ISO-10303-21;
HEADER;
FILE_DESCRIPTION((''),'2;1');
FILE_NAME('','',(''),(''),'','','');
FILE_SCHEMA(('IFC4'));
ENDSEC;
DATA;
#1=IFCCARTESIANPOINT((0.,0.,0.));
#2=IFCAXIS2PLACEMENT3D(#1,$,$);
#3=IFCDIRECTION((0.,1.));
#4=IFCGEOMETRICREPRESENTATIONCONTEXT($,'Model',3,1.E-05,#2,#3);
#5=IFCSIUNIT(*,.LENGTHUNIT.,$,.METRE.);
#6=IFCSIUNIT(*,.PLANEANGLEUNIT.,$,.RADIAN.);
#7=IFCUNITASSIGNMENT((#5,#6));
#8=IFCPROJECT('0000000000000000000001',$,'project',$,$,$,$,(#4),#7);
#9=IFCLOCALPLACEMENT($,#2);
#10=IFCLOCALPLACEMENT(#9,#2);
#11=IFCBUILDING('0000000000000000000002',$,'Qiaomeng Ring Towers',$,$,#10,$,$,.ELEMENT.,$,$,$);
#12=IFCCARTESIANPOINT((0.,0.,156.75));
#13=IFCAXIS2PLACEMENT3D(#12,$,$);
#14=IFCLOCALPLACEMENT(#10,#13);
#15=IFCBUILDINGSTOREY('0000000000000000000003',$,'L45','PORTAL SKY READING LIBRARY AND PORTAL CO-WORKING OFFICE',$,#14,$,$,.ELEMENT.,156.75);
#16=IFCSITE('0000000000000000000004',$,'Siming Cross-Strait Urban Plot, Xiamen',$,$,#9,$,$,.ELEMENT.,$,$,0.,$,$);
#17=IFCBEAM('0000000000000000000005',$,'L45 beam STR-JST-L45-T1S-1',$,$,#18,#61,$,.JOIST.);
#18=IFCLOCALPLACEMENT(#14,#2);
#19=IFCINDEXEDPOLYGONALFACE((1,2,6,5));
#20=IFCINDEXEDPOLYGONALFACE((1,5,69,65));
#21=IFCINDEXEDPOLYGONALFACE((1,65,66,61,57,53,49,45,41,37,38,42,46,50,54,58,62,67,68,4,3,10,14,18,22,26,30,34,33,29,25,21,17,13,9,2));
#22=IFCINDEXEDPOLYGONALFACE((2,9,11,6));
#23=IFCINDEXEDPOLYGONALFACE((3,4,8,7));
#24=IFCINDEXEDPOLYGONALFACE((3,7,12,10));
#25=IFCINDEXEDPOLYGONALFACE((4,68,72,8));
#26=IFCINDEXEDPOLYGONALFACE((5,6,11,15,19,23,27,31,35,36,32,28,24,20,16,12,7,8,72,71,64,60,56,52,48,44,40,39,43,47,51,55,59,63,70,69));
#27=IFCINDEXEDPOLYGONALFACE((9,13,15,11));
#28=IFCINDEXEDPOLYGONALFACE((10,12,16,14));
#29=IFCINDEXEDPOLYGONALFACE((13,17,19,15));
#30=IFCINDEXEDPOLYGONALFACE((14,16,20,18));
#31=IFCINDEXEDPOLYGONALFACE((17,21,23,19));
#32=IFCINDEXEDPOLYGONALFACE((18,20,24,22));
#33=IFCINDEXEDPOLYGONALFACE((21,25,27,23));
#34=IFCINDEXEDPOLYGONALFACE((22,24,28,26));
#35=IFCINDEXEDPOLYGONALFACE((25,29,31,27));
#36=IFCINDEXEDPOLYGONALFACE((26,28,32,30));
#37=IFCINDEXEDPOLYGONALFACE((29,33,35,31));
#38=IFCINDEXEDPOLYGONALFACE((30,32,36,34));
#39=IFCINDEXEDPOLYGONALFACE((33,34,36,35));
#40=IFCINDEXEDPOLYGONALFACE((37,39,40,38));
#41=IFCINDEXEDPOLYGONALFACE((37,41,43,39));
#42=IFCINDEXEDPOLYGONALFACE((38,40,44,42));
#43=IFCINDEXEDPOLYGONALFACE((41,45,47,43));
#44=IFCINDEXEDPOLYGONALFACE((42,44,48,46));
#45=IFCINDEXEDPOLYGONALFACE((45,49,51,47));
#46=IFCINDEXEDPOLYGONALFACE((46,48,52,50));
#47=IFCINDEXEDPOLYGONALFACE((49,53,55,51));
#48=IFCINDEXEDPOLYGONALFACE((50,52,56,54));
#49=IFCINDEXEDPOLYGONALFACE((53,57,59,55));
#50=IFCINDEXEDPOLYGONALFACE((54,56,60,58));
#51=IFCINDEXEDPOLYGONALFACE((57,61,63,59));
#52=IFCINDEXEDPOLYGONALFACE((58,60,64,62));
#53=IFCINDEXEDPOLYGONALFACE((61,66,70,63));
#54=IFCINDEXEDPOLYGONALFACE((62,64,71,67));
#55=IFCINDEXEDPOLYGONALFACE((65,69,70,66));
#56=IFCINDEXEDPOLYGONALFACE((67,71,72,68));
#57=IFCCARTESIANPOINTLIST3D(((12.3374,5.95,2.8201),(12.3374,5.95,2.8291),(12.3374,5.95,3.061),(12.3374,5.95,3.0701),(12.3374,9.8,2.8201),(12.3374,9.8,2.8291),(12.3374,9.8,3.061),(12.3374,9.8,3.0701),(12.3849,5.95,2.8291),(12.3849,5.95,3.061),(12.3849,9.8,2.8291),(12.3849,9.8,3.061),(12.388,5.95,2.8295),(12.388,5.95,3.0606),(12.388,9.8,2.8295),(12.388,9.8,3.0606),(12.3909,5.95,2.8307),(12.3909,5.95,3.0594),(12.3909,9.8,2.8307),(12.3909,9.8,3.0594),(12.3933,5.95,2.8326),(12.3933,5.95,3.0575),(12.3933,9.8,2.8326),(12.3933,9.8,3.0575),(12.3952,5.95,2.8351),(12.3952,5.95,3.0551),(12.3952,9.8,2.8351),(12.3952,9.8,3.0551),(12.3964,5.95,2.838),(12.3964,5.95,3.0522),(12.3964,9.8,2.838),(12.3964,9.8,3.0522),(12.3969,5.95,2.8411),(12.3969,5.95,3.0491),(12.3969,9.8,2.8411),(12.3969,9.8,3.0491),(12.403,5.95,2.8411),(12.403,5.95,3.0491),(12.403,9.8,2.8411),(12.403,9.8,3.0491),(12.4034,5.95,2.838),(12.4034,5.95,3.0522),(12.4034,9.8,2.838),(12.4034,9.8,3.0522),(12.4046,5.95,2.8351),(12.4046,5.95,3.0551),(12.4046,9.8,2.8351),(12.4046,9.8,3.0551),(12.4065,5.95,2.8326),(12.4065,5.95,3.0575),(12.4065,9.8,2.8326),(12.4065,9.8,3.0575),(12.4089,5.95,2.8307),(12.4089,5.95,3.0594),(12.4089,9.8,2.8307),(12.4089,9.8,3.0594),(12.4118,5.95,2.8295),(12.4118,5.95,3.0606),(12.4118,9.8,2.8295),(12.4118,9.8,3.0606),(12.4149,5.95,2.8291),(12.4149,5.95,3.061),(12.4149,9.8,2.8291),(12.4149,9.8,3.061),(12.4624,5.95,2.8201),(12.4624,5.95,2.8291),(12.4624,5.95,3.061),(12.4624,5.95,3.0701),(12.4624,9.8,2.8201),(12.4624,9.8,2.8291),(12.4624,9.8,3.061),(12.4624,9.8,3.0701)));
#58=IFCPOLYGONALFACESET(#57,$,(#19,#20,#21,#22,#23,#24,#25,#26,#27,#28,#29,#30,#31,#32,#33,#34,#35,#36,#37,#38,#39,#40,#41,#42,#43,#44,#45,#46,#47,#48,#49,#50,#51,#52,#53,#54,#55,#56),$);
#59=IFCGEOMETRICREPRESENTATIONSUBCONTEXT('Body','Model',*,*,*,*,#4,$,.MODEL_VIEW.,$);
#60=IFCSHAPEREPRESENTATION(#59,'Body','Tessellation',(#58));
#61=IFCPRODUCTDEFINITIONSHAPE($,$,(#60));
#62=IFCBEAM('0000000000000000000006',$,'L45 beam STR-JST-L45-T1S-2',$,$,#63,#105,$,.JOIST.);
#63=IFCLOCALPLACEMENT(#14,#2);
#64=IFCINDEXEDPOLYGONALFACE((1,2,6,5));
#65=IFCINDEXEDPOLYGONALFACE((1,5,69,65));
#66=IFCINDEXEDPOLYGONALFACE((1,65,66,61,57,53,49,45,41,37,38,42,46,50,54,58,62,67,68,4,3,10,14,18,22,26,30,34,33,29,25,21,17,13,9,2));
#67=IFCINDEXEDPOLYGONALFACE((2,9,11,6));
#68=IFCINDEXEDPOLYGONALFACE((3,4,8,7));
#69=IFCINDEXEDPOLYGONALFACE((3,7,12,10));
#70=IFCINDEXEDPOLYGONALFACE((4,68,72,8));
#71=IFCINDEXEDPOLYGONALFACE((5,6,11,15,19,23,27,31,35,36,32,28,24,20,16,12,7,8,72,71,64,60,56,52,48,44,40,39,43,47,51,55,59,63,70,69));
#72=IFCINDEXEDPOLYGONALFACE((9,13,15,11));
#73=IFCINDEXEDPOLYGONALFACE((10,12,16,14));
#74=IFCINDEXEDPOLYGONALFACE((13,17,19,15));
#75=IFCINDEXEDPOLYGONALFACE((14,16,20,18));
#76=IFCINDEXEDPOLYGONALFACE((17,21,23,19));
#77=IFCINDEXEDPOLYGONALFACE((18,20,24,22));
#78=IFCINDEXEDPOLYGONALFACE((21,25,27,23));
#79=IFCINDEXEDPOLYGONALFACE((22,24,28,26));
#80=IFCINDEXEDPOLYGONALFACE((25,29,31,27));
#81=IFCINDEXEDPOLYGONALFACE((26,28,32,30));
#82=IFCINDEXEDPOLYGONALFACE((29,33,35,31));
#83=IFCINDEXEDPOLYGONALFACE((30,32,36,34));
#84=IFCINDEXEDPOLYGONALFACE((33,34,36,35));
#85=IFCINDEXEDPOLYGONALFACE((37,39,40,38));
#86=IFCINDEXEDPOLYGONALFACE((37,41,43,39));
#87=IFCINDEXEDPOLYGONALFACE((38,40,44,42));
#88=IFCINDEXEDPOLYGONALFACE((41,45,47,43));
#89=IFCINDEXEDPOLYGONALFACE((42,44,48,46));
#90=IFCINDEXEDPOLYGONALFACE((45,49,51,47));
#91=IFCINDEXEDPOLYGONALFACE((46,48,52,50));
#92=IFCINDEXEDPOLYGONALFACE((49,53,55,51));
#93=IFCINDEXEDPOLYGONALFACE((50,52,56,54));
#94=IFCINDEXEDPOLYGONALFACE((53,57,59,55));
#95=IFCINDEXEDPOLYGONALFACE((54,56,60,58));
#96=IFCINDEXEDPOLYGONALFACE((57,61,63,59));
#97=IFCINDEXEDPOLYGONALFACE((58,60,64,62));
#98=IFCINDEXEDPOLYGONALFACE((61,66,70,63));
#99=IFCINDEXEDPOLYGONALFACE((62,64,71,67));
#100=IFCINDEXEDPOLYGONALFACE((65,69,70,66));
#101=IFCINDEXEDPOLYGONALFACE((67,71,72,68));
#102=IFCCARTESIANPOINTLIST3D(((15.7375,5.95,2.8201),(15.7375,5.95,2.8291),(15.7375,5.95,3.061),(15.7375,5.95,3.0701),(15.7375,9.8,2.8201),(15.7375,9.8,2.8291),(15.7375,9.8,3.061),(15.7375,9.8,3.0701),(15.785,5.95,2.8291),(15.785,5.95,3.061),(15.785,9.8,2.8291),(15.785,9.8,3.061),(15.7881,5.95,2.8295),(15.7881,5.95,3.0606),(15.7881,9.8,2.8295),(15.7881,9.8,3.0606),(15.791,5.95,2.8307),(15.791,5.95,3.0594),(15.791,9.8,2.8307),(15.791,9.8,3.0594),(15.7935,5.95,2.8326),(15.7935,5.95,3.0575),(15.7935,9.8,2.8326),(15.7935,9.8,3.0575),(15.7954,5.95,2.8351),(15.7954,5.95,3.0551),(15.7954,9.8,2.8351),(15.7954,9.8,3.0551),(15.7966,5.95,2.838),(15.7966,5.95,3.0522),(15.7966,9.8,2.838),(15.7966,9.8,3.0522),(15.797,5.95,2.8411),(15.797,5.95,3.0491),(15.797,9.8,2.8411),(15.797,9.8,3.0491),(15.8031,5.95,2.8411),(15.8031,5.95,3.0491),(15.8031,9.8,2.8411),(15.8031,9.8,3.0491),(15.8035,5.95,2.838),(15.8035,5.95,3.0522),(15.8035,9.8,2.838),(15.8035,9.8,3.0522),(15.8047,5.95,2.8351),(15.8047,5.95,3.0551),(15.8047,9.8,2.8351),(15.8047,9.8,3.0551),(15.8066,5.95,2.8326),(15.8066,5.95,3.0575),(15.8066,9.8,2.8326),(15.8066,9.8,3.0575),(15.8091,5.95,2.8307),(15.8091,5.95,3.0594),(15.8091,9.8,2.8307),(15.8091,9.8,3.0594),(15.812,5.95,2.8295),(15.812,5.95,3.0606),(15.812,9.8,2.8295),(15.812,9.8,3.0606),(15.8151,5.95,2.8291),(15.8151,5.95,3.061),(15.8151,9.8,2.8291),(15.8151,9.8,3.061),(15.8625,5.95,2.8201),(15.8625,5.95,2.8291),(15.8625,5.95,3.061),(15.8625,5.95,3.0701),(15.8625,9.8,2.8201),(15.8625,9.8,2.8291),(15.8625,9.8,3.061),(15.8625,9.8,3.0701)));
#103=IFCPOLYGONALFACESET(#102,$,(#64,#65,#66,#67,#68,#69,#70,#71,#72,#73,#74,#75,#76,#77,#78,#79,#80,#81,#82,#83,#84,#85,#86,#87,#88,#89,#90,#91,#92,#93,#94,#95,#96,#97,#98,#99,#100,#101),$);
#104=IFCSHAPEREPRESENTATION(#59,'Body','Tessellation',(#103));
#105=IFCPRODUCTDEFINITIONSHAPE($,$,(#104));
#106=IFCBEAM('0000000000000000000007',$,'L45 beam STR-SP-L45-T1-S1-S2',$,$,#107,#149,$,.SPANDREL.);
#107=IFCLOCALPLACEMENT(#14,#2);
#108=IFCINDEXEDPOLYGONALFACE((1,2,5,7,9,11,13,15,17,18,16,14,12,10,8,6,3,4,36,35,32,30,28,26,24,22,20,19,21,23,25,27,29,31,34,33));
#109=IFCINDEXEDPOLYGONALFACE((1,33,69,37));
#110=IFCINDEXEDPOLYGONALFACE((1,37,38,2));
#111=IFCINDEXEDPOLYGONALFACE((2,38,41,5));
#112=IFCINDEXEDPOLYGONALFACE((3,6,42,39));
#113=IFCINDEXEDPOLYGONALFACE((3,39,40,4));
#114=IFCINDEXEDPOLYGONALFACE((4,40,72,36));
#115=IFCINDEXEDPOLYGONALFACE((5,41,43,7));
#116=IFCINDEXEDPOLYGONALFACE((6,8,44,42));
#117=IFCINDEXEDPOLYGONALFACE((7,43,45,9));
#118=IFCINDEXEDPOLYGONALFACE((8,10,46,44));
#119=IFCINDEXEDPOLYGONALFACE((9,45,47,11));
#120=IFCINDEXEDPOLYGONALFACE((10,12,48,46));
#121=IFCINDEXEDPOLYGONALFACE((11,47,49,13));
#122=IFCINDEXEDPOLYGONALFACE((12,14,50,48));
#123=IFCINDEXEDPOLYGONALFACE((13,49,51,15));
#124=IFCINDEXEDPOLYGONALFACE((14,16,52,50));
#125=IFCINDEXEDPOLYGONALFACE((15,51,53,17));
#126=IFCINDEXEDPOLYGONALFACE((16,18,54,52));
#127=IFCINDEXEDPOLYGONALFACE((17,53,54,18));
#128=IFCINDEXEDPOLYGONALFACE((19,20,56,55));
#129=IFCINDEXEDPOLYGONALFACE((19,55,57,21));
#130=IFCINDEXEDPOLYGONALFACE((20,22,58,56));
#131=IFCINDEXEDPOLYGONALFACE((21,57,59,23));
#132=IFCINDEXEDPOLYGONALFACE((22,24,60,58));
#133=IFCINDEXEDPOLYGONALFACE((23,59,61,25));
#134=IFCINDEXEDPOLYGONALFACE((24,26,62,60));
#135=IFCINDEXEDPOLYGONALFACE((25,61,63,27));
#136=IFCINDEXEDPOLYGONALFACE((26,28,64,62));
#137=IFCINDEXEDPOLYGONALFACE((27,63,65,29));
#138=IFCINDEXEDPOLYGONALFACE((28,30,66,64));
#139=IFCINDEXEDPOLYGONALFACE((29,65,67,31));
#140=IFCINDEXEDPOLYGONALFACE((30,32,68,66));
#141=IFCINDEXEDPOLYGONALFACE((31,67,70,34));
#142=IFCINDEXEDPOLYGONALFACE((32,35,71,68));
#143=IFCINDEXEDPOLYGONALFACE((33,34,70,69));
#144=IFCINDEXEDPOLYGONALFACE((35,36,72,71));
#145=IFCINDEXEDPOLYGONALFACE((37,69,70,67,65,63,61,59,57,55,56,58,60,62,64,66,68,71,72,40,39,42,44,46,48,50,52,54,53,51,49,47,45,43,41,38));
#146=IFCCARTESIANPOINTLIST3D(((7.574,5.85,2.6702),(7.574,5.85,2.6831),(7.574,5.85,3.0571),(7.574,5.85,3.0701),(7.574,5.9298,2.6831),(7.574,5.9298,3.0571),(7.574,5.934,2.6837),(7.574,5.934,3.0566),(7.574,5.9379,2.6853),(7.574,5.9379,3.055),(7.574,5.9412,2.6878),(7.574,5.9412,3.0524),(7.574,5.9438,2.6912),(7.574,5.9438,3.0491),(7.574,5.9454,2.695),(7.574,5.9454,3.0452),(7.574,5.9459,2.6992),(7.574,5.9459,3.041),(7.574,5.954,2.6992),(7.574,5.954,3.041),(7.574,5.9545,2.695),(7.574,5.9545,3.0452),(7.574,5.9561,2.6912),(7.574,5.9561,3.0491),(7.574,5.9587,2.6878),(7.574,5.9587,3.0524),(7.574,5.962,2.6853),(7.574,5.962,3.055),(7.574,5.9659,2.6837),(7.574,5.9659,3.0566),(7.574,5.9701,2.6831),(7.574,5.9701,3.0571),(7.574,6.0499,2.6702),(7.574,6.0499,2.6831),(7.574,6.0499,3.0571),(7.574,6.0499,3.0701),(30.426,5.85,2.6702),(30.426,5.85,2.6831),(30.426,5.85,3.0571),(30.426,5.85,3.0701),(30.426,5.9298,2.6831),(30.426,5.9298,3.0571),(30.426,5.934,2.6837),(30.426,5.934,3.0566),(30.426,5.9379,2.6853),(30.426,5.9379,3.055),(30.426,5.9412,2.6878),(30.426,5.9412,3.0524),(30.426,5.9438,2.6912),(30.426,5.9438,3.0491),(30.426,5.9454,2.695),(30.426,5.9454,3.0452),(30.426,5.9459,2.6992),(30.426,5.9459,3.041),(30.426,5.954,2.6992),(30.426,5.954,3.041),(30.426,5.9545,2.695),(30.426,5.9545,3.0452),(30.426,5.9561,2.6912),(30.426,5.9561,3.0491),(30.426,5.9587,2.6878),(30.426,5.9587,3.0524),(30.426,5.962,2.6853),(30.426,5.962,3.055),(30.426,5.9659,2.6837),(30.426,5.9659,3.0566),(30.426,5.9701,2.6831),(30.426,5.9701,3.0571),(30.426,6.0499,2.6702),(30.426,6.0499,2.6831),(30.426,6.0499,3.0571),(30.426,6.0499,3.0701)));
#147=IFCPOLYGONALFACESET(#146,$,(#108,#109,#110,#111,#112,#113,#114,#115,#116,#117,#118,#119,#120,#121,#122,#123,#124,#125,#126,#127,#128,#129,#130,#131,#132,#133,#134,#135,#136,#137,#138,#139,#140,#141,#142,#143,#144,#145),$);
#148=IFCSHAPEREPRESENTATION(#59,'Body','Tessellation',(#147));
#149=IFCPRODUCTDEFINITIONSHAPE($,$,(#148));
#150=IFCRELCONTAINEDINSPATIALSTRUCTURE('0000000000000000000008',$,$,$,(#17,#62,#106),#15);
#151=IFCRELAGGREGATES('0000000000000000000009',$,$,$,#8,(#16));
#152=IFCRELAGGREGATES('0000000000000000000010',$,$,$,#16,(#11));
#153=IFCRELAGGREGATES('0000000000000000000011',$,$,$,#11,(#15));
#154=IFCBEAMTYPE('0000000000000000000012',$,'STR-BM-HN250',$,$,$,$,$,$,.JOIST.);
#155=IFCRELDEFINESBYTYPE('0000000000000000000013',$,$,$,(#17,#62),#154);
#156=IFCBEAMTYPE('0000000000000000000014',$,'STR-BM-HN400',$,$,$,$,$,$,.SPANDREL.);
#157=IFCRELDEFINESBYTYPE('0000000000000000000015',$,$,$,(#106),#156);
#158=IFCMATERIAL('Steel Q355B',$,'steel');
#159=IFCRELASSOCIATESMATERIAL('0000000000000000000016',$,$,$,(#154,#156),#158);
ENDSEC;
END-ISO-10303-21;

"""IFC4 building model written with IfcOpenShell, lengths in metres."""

from ifc_helpers import new_model, si_unit, direction, frame, origin, origin_2d, place, context, subcontext, project, spatial, i_section, extrude, source, transform, mapped, material, material_profile, profile_set, type_object, element, save


model = new_model("IFC4")

# Units and contexts
model_context = context("Model", 3, precision=1e-05, world=origin(), true_north=direction((0.0, 1.0)))
body_context = subcontext(model_context, "Body", "Model", "MODEL_VIEW")
ifc_project = project(units=[si_unit("LENGTHUNIT", "METRE"), si_unit("PLANEANGLEUNIT", "RADIAN")], contexts=[model_context])

# Site, building, storey
site_placement = place(None, origin())
site = spatial("IfcSite", under=ifc_project, at=site_placement, Name="Siming Cross-Strait Urban Plot, Xiamen", CompositionType="ELEMENT", RefElevation=0.0)
building_placement = place(site_placement, origin())
building = spatial("IfcBuilding", under=site, at=building_placement, Name="Qiaomeng Ring Towers", CompositionType="ELEMENT")
storey_placement = place(building_placement, frame((0.0, 0.0, 156.75)))
storey = spatial("IfcBuildingStorey", under=building, at=storey_placement, Name="L45", Description="PORTAL SKY READING LIBRARY AND PORTAL CO-WORKING OFFICE", CompositionType="ELEMENT", Elevation=156.75)

# Beams
ifc_material_1 = material(Name="Steel Q355B", Category="steel")
ifc_material_profile_1 = material_profile(ifc_material_1, i_section(OverallWidth=0.125, OverallDepth=0.25, WebThickness=0.0061, FlangeThickness=0.009, FilletRadius=0.012, at=origin_2d()), Name="HN 250x125x6x9")
ifc_profile_set_1 = profile_set([ifc_material_profile_1], Name="Steel Q355B")
beam_type_1 = type_object("IfcBeamType", Name="STR-BM-HN250", PredefinedType="JOIST", material=ifc_profile_set_1)
shared_shape_1 = source(origin(), body_context, "Body", "SweptSolid", [
    extrude(i_section(OverallWidth=0.125, OverallDepth=0.25, WebThickness=0.0061, FlangeThickness=0.009, FilletRadius=0.012, at=origin_2d()), origin(), (0.0, 0.0, 1.0), 3.8501),
])
for number, where, z_axis, x_axis, name in (
    (1, (12.3999, 5.95, 2.9451), (0.0, 1.0, 0.0), (-1.0, 0.0, 0.0), "L45 beam STR-JST-L45-T1S-1"),
    (2, (15.8, 5.95, 2.9451), (0.0, 1.0, 0.0), (-1.0, 0.0, 0.0), "L45 beam STR-JST-L45-T1S-2"),
):
    element("IfcBeam", number, at=place(storey_placement, frame(where, z_axis=z_axis, x_axis=x_axis)), inside=storey, type_object=beam_type_1, Name=name, PredefinedType="JOIST", context=body_context, shape_type="MappedRepresentation", body=[
        mapped(shared_shape_1, transform((0.0, 0.0, 0.0), x_axis=(1.0, 0.0, 0.0), y_axis=(0.0, 1.0, 0.0), z_axis=(0.0, 0.0, 1.0), scale=1.0)),
    ])
ifc_material_profile_2 = material_profile(ifc_material_1, i_section(OverallWidth=0.2, OverallDepth=0.3999, WebThickness=0.0081, FlangeThickness=0.0129, FilletRadius=0.0161, at=origin_2d()), Name="HN 400x200x8x13")
ifc_profile_set_2 = profile_set([ifc_material_profile_2], Name="Steel Q355B")
beam_type_2 = type_object("IfcBeamType", Name="STR-BM-HN400", PredefinedType="SPANDREL", material=ifc_profile_set_2)
shared_shape_2 = source(origin(), body_context, "Body", "SweptSolid", [
    extrude(i_section(OverallWidth=0.2, OverallDepth=0.3999, WebThickness=0.0081, FlangeThickness=0.0129, FilletRadius=0.0161, at=origin_2d()), origin(), (0.0, 0.0, 1.0), 22.8521),
])
beam_placement = place(storey_placement, frame((7.574, 5.95, 2.8701), z_axis=(1.0, 0.0, 0.0), x_axis=(0.0, 1.0, 0.0)))
element("IfcBeam", 3, at=beam_placement, inside=storey, type_object=beam_type_2, Name="L45 beam STR-SP-L45-T1-S1-S2", PredefinedType="SPANDREL", context=body_context, shape_type="MappedRepresentation", body=[
    mapped(shared_shape_2, transform((0.0, 0.0, 0.0), x_axis=(1.0, 0.0, 0.0), y_axis=(0.0, 1.0, 0.0), z_axis=(0.0, 0.0, 1.0), scale=1.0)),
])

save(model, "model.ifc")
